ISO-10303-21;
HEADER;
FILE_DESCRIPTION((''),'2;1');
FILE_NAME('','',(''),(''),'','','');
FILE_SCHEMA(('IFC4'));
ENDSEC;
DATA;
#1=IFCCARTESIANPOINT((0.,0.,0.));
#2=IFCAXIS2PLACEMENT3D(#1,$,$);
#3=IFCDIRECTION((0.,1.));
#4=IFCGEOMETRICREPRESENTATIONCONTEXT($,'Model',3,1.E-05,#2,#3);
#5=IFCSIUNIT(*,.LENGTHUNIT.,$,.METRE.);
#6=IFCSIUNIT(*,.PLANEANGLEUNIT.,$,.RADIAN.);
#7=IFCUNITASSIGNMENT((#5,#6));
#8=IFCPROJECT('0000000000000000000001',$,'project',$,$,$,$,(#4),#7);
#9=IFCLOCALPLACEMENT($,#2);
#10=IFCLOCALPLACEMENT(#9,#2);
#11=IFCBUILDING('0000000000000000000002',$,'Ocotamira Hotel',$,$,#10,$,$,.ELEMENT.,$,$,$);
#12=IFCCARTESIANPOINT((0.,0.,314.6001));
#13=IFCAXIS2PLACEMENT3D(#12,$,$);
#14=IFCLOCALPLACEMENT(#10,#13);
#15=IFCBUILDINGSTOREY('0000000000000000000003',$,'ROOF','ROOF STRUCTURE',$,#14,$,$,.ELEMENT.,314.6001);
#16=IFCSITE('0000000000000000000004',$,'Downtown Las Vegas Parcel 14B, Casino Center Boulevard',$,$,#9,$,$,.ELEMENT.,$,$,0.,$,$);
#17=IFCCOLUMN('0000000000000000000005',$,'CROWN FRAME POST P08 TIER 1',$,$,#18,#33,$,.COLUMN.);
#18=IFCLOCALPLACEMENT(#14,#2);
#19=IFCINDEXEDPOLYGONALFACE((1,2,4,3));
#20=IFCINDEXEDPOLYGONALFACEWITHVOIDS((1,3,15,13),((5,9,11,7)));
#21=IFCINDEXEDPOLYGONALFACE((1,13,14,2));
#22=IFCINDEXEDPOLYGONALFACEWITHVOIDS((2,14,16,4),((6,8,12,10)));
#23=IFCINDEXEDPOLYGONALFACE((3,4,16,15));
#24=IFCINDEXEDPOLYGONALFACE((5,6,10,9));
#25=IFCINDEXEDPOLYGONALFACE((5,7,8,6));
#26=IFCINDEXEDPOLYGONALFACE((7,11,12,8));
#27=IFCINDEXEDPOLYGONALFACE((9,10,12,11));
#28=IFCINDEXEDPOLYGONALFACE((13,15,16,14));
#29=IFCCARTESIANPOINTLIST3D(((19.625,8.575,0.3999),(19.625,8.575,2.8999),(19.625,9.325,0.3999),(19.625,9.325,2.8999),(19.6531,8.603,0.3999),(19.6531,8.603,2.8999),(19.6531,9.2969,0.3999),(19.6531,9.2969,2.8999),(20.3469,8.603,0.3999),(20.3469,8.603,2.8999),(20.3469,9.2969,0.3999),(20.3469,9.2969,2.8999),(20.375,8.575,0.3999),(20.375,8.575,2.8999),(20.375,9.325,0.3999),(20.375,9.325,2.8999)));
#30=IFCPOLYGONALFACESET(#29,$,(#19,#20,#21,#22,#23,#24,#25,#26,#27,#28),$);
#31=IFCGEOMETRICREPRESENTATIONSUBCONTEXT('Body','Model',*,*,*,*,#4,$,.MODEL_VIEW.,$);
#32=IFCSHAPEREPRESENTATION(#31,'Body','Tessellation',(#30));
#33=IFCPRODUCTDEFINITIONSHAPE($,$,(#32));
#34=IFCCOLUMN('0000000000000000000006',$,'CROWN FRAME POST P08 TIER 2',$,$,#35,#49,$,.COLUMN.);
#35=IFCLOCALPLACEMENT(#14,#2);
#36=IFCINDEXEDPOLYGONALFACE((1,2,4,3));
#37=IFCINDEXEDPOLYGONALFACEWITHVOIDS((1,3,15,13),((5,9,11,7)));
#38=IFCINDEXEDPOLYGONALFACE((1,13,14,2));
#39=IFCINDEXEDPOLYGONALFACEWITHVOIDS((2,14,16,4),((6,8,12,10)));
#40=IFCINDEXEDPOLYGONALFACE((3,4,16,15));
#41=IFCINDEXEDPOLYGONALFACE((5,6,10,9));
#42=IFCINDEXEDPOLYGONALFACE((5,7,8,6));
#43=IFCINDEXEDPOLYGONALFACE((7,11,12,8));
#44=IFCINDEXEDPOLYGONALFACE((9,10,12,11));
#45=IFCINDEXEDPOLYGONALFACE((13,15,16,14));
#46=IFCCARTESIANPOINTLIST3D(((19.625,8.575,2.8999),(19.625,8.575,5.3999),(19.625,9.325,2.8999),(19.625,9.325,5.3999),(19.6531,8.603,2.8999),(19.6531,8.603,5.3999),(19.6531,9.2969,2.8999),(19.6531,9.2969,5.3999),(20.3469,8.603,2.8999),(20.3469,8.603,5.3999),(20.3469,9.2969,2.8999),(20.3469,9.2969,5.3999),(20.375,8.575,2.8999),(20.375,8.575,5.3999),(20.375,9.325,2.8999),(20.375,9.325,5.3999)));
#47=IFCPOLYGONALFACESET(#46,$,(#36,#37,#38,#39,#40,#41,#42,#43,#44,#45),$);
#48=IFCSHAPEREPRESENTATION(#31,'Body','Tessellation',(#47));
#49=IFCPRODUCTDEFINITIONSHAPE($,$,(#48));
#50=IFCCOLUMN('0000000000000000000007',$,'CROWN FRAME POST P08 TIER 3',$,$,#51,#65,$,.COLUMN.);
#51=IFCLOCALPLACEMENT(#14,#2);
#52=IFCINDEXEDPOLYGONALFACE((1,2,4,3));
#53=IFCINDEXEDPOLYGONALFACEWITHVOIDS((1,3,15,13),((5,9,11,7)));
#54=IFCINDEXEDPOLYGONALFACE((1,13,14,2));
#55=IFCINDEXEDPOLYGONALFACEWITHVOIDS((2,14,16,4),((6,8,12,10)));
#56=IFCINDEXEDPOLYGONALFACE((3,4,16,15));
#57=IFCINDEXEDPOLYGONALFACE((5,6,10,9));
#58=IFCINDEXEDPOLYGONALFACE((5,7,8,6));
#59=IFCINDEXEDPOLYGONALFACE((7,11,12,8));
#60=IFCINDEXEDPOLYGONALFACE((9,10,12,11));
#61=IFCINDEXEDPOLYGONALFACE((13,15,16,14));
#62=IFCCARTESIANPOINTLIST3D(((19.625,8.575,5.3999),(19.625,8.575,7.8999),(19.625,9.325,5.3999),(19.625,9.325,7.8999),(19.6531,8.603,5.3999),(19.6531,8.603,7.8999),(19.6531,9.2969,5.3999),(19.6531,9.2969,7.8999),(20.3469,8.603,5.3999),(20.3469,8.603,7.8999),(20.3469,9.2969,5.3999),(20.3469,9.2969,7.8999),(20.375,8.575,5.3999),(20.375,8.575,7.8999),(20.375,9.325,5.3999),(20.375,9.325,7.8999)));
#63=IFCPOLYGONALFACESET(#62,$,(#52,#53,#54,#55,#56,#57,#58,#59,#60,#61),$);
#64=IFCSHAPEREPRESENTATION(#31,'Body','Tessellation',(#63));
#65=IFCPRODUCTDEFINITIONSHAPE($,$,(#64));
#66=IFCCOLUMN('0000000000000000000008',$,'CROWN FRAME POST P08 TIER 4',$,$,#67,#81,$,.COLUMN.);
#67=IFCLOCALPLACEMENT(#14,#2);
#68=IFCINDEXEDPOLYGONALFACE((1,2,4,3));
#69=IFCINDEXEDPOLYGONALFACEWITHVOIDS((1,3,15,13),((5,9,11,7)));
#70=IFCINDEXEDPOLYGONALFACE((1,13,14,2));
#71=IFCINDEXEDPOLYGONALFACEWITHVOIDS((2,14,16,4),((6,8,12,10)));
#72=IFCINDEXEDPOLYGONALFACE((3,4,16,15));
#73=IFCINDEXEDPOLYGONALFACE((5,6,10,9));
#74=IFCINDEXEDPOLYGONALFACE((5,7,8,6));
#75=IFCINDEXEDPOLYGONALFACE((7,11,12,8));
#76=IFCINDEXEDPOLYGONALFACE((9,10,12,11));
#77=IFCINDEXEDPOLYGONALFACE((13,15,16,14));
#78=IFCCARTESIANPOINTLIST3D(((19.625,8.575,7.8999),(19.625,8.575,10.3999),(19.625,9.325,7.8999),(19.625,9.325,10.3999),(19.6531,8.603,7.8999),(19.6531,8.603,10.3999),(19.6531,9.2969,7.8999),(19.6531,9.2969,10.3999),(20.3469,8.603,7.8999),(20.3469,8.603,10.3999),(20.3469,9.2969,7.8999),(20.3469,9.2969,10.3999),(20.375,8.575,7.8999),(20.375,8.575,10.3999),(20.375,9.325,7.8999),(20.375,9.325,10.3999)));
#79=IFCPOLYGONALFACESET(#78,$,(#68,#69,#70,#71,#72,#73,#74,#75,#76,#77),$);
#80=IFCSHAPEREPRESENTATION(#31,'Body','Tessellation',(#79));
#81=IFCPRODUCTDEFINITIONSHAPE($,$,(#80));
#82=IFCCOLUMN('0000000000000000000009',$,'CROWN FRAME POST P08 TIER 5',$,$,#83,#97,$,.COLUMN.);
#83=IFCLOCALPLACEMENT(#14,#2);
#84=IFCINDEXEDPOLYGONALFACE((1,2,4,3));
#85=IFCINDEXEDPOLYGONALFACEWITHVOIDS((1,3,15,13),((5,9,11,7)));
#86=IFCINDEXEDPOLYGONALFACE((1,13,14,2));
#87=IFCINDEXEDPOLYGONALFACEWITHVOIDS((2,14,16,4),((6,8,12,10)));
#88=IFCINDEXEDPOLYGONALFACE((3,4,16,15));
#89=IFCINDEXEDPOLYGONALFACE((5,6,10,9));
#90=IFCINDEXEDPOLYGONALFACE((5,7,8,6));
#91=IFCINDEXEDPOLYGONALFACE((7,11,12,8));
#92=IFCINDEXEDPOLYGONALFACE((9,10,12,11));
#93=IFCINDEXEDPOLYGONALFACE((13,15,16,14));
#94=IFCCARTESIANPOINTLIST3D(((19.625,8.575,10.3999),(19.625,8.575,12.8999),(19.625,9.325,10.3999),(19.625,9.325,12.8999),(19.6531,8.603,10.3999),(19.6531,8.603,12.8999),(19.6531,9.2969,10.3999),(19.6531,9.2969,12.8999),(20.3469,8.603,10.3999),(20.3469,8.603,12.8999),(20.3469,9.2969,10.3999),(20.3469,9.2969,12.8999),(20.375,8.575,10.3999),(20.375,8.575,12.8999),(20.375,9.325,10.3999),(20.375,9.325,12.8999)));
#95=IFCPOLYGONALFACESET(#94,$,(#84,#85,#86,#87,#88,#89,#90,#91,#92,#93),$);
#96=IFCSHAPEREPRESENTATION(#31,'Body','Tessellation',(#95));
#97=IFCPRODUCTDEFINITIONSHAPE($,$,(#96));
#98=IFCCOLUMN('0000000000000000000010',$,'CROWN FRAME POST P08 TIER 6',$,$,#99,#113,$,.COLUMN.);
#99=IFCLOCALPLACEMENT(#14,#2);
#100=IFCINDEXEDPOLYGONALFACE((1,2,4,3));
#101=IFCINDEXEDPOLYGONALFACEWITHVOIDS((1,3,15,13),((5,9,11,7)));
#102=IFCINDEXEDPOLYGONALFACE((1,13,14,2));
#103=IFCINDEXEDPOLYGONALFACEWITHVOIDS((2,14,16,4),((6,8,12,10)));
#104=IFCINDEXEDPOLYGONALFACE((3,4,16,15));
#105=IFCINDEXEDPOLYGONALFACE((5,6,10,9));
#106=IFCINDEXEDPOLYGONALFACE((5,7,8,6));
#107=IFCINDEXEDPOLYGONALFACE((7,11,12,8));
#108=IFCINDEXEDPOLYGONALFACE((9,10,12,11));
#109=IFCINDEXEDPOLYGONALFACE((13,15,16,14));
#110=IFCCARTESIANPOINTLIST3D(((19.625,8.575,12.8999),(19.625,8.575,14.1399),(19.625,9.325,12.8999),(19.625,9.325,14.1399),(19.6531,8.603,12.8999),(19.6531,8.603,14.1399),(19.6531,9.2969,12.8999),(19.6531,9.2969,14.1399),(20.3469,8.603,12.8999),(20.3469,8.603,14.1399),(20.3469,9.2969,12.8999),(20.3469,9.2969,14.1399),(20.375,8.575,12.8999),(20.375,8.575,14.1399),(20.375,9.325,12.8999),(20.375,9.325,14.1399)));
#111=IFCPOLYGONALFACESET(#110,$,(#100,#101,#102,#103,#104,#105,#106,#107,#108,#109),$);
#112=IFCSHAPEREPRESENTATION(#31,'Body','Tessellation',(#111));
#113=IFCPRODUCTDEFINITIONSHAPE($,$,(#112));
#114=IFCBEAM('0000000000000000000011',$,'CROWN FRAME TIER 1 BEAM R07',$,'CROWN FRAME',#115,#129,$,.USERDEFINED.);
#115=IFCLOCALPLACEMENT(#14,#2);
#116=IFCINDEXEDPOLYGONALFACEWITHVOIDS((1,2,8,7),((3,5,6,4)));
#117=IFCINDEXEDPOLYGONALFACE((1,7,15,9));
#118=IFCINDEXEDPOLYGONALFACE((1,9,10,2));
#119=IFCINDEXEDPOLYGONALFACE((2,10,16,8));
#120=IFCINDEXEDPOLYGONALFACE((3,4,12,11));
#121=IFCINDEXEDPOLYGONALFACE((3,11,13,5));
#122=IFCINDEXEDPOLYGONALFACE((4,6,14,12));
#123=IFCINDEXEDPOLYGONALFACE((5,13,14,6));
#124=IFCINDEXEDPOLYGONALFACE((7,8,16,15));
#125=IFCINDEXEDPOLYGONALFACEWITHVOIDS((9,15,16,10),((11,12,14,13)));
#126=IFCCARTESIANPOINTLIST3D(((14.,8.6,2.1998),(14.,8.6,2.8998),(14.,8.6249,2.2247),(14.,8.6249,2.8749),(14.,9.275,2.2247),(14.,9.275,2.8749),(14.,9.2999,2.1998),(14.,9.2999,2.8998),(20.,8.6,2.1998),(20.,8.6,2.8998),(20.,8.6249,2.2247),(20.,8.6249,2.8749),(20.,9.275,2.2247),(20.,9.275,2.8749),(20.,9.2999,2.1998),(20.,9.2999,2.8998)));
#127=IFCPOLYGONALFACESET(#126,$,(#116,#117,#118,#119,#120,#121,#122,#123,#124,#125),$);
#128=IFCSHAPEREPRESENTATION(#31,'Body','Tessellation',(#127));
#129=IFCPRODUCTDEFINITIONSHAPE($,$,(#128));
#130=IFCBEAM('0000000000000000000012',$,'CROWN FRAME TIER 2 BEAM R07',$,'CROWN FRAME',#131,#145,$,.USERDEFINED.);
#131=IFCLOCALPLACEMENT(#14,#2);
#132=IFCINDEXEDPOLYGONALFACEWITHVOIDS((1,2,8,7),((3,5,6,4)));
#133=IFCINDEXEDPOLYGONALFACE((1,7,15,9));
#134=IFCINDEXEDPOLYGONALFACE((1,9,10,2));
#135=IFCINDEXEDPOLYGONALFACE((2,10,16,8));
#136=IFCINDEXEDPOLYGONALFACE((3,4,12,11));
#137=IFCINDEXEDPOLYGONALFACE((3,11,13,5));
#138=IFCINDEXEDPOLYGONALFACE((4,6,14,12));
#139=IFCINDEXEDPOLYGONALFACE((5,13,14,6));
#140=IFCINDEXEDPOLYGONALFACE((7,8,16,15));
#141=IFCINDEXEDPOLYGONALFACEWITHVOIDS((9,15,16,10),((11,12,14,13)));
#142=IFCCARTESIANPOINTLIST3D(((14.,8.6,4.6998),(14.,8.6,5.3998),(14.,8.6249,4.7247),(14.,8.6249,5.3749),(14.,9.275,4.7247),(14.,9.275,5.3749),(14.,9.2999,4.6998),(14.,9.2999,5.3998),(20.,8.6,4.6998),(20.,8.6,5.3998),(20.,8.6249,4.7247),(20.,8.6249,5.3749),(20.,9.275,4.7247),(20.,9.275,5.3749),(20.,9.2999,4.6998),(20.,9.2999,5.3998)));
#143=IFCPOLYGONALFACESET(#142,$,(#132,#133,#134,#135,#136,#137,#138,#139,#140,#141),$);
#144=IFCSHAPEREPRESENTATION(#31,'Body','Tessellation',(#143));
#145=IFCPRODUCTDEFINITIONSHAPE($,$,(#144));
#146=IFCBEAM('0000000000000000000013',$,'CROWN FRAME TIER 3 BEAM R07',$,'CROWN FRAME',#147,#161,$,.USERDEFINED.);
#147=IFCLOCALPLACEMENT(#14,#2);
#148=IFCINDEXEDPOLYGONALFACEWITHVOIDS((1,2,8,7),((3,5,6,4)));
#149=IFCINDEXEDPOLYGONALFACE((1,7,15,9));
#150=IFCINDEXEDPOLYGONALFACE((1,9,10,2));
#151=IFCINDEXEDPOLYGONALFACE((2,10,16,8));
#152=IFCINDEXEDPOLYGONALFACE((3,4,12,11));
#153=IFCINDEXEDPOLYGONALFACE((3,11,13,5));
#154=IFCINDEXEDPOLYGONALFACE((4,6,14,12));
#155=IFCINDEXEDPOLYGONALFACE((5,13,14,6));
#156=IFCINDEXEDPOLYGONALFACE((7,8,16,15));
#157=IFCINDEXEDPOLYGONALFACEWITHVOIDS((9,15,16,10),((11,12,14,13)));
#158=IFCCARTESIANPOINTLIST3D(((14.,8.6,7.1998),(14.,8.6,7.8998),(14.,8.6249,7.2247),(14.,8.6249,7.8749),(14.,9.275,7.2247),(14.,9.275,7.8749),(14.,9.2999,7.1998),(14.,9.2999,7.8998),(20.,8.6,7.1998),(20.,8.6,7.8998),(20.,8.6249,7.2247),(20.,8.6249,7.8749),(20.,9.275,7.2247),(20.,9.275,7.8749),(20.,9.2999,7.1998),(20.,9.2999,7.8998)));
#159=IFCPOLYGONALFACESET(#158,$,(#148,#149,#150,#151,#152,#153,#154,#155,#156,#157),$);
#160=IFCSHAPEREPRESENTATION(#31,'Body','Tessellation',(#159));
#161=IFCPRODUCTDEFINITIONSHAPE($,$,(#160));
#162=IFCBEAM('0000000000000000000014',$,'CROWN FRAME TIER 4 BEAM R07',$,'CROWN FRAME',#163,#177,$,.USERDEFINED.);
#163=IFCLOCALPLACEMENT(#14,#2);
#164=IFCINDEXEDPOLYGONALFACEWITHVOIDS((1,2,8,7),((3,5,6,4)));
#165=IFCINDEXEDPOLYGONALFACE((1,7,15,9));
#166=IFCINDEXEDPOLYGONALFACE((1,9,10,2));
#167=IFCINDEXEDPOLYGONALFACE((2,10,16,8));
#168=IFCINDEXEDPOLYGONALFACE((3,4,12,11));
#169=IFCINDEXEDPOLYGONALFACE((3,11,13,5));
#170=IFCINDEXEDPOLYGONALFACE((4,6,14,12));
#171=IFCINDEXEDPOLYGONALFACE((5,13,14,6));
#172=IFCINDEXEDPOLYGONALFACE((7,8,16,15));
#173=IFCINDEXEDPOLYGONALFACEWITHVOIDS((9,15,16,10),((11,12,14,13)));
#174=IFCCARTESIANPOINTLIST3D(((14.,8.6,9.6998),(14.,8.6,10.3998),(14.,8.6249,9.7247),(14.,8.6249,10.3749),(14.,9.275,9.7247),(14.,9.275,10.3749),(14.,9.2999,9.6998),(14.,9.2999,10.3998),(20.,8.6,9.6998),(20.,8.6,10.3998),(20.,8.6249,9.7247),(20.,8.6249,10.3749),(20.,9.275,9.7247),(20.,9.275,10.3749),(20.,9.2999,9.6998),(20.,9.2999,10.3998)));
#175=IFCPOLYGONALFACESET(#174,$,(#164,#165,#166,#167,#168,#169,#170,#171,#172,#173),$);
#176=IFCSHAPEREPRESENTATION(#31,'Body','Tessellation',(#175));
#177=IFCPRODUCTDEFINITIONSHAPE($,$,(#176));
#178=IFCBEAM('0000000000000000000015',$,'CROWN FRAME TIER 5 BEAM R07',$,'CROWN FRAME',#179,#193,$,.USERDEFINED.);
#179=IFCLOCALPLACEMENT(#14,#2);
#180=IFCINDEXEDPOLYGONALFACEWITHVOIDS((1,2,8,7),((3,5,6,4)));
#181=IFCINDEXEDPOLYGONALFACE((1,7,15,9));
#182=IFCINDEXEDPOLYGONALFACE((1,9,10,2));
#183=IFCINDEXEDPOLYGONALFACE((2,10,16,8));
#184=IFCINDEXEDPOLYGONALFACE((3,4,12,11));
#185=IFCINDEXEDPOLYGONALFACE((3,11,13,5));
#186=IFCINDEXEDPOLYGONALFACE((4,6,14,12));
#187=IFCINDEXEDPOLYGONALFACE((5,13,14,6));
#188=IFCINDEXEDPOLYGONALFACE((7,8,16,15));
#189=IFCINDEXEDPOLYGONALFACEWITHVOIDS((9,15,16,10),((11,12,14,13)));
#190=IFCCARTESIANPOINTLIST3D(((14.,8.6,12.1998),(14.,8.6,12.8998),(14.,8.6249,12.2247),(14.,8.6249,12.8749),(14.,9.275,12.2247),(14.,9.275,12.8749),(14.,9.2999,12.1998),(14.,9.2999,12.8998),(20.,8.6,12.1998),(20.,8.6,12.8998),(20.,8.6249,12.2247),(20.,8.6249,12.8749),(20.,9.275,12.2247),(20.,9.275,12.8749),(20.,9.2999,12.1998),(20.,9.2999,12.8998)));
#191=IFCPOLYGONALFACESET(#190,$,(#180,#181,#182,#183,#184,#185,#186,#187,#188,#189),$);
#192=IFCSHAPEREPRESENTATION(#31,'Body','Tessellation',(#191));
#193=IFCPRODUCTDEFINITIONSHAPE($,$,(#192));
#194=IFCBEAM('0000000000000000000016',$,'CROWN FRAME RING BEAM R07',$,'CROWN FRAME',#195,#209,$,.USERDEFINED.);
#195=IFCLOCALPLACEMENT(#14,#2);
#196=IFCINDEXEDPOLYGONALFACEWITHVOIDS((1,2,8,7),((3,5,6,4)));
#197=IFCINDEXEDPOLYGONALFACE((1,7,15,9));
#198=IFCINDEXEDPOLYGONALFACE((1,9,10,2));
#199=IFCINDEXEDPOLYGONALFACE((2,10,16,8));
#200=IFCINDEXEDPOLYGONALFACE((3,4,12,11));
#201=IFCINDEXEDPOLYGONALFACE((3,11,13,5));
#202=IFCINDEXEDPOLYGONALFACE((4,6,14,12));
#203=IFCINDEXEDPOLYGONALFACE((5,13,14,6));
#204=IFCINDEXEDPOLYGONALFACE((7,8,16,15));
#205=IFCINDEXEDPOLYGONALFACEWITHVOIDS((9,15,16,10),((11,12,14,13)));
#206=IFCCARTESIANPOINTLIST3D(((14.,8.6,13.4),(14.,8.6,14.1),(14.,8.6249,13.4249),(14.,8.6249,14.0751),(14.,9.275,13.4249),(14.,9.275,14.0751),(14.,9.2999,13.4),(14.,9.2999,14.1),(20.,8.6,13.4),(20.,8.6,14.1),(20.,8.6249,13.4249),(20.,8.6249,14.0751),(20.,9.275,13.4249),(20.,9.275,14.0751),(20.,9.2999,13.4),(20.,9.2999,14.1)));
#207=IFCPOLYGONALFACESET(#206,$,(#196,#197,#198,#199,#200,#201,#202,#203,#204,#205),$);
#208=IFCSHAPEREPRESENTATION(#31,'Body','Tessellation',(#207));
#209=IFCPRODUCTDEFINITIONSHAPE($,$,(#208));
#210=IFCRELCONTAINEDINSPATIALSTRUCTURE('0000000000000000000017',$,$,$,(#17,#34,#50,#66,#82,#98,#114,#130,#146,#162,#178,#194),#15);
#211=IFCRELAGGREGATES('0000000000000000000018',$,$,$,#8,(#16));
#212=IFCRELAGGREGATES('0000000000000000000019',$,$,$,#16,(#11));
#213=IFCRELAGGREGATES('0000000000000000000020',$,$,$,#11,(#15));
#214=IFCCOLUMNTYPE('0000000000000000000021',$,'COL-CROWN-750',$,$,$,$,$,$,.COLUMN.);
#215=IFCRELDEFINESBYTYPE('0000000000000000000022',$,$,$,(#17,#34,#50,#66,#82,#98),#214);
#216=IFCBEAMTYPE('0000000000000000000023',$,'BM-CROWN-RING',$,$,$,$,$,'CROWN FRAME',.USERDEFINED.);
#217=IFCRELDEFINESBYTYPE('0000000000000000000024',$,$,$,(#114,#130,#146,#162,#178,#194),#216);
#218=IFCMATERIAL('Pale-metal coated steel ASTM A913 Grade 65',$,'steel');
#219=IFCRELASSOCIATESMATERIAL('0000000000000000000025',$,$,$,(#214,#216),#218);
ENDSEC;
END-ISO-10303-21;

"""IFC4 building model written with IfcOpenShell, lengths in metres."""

from ifc_helpers import new_model, si_unit, direction, frame, origin, origin_2d, place, context, subcontext, project, spatial, hollow_rectangle, extrude, source, transform, mapped, material, material_profile, profile_set, type_object, element, save


model = new_model("IFC4")

# Units and contexts
model_context = context("Model", 3, precision=1e-05, world=origin(), true_north=direction((0.0, 1.0)))
body_context = subcontext(model_context, "Body", "Model", "MODEL_VIEW")
ifc_project = project(units=[si_unit("LENGTHUNIT", "METRE"), si_unit("PLANEANGLEUNIT", "RADIAN")], contexts=[model_context])

# Site, building, storey
site_placement = place(None, origin())
site = spatial("IfcSite", under=ifc_project, at=site_placement, Name="Downtown Las Vegas Parcel 14B, Casino Center Boulevard", CompositionType="ELEMENT", RefElevation=0.0)
building_placement = place(site_placement, origin())
building = spatial("IfcBuilding", under=site, at=building_placement, Name="Ocotamira Hotel", CompositionType="ELEMENT")
storey_placement = place(building_placement, frame((0.0, 0.0, 314.6001)))
storey = spatial("IfcBuildingStorey", under=building, at=storey_placement, Name="ROOF", Description="ROOF STRUCTURE", CompositionType="ELEMENT", Elevation=314.6001)

# Columns
ifc_material_1 = material(Name="Pale-metal coated steel ASTM A913 Grade 65", Category="steel")
ifc_material_profile_1 = material_profile(ifc_material_1, hollow_rectangle(XDim=0.75, YDim=0.75, WallThickness=0.0281, at=origin_2d()), Name="BOX750X750X28")
ifc_profile_set_1 = profile_set([ifc_material_profile_1], Name="Pale-metal coated steel ASTM A913 Grade 65")
column_type = type_object("IfcColumnType", Name="COL-CROWN-750", PredefinedType="COLUMN", material=ifc_profile_set_1)
shared_shape_1 = source(origin(), body_context, "Body", "SweptSolid", [
    extrude(hollow_rectangle(XDim=0.75, YDim=0.75, WallThickness=0.0281, at=origin_2d()), origin(), (0.0, 0.0, 1.0), 2.5),
])
for number, where, z_axis, x_axis, name in (
    (1, (20.0, 8.95, 0.3999), (0.0, 0.0, 1.0), (1.0, 0.0, 0.0), "CROWN FRAME POST P08 TIER 1"),
    (2, (20.0, 8.95, 2.8999), (0.0, 0.0, 1.0), (1.0, 0.0, 0.0), "CROWN FRAME POST P08 TIER 2"),
    (3, (20.0, 8.95, 5.3999), (0.0, 0.0, 1.0), (1.0, 0.0, 0.0), "CROWN FRAME POST P08 TIER 3"),
    (4, (20.0, 8.95, 7.8999), (0.0, 0.0, 1.0), (1.0, 0.0, 0.0), "CROWN FRAME POST P08 TIER 4"),
    (5, (20.0, 8.95, 10.3999), (0.0, 0.0, 1.0), (1.0, 0.0, 0.0), "CROWN FRAME POST P08 TIER 5"),
):
    element("IfcColumn", number, at=place(storey_placement, frame(where, z_axis=z_axis, x_axis=x_axis)), inside=storey, type_object=column_type, Name=name, PredefinedType="COLUMN", context=body_context, shape_type="MappedRepresentation", body=[
        mapped(shared_shape_1, transform((0.0, 0.0, 0.0), scale=1.0)),
    ])
shared_shape_2 = source(origin(), body_context, "Body", "SweptSolid", [
    extrude(hollow_rectangle(XDim=0.75, YDim=0.75, WallThickness=0.0281, at=origin_2d()), origin(), (0.0, 0.0, 1.0), 1.24),
])
column_placement = place(storey_placement, frame((20.0, 8.95, 12.8999), z_axis=(0.0, 0.0, 1.0), x_axis=(1.0, 0.0, 0.0)))
element("IfcColumn", 6, at=column_placement, inside=storey, type_object=column_type, Name="CROWN FRAME POST P08 TIER 6", PredefinedType="COLUMN", context=body_context, shape_type="MappedRepresentation", body=[
    mapped(shared_shape_2, transform((0.0, 0.0, 0.0), scale=1.0)),
])

# Beams
ifc_material_profile_2 = material_profile(ifc_material_1, hollow_rectangle(XDim=0.7, YDim=0.7, WallThickness=0.0249, at=origin_2d()), Name="BOX700X700X25")
ifc_profile_set_2 = profile_set([ifc_material_profile_2], Name="Pale-metal coated steel ASTM A913 Grade 65")
beam_type = type_object("IfcBeamType", Name="BM-CROWN-RING", ElementType="CROWN FRAME", PredefinedType="USERDEFINED", material=ifc_profile_set_2)
shared_shape_3 = source(origin(), body_context, "Body", "SweptSolid", [
    extrude(hollow_rectangle(XDim=0.7, YDim=0.7, WallThickness=0.0249, at=origin_2d()), origin(), (0.0, 0.0, 1.0), 6.0),
])
for number, where, z_axis, x_axis, name in (
    (7, (20.0, 8.95, 2.5498), (-1.0, 0.0, 0.0), (0.0, -1.0, 0.0), "CROWN FRAME TIER 1 BEAM R07"),
    (8, (20.0, 8.95, 5.0498), (-1.0, 0.0, 0.0), (0.0, -1.0, 0.0), "CROWN FRAME TIER 2 BEAM R07"),
    (9, (20.0, 8.95, 7.5498), (-1.0, 0.0, 0.0), (0.0, -1.0, 0.0), "CROWN FRAME TIER 3 BEAM R07"),
    (10, (20.0, 8.95, 10.0498), (-1.0, 0.0, 0.0), (0.0, -1.0, 0.0), "CROWN FRAME TIER 4 BEAM R07"),
    (11, (20.0, 8.95, 12.5498), (-1.0, 0.0, 0.0), (0.0, -1.0, 0.0), "CROWN FRAME TIER 5 BEAM R07"),
    (12, (20.0, 8.95, 13.75), (-1.0, 0.0, 0.0), (0.0, -1.0, 0.0), "CROWN FRAME RING BEAM R07"),
):
    element("IfcBeam", number, at=place(storey_placement, frame(where, z_axis=z_axis, x_axis=x_axis)), inside=storey, type_object=beam_type, Name=name, ObjectType="CROWN FRAME", PredefinedType="USERDEFINED", context=body_context, shape_type="MappedRepresentation", body=[
        mapped(shared_shape_3, transform((0.0, 0.0, 0.0), scale=1.0)),
    ])

save(model, "model.ifc")
